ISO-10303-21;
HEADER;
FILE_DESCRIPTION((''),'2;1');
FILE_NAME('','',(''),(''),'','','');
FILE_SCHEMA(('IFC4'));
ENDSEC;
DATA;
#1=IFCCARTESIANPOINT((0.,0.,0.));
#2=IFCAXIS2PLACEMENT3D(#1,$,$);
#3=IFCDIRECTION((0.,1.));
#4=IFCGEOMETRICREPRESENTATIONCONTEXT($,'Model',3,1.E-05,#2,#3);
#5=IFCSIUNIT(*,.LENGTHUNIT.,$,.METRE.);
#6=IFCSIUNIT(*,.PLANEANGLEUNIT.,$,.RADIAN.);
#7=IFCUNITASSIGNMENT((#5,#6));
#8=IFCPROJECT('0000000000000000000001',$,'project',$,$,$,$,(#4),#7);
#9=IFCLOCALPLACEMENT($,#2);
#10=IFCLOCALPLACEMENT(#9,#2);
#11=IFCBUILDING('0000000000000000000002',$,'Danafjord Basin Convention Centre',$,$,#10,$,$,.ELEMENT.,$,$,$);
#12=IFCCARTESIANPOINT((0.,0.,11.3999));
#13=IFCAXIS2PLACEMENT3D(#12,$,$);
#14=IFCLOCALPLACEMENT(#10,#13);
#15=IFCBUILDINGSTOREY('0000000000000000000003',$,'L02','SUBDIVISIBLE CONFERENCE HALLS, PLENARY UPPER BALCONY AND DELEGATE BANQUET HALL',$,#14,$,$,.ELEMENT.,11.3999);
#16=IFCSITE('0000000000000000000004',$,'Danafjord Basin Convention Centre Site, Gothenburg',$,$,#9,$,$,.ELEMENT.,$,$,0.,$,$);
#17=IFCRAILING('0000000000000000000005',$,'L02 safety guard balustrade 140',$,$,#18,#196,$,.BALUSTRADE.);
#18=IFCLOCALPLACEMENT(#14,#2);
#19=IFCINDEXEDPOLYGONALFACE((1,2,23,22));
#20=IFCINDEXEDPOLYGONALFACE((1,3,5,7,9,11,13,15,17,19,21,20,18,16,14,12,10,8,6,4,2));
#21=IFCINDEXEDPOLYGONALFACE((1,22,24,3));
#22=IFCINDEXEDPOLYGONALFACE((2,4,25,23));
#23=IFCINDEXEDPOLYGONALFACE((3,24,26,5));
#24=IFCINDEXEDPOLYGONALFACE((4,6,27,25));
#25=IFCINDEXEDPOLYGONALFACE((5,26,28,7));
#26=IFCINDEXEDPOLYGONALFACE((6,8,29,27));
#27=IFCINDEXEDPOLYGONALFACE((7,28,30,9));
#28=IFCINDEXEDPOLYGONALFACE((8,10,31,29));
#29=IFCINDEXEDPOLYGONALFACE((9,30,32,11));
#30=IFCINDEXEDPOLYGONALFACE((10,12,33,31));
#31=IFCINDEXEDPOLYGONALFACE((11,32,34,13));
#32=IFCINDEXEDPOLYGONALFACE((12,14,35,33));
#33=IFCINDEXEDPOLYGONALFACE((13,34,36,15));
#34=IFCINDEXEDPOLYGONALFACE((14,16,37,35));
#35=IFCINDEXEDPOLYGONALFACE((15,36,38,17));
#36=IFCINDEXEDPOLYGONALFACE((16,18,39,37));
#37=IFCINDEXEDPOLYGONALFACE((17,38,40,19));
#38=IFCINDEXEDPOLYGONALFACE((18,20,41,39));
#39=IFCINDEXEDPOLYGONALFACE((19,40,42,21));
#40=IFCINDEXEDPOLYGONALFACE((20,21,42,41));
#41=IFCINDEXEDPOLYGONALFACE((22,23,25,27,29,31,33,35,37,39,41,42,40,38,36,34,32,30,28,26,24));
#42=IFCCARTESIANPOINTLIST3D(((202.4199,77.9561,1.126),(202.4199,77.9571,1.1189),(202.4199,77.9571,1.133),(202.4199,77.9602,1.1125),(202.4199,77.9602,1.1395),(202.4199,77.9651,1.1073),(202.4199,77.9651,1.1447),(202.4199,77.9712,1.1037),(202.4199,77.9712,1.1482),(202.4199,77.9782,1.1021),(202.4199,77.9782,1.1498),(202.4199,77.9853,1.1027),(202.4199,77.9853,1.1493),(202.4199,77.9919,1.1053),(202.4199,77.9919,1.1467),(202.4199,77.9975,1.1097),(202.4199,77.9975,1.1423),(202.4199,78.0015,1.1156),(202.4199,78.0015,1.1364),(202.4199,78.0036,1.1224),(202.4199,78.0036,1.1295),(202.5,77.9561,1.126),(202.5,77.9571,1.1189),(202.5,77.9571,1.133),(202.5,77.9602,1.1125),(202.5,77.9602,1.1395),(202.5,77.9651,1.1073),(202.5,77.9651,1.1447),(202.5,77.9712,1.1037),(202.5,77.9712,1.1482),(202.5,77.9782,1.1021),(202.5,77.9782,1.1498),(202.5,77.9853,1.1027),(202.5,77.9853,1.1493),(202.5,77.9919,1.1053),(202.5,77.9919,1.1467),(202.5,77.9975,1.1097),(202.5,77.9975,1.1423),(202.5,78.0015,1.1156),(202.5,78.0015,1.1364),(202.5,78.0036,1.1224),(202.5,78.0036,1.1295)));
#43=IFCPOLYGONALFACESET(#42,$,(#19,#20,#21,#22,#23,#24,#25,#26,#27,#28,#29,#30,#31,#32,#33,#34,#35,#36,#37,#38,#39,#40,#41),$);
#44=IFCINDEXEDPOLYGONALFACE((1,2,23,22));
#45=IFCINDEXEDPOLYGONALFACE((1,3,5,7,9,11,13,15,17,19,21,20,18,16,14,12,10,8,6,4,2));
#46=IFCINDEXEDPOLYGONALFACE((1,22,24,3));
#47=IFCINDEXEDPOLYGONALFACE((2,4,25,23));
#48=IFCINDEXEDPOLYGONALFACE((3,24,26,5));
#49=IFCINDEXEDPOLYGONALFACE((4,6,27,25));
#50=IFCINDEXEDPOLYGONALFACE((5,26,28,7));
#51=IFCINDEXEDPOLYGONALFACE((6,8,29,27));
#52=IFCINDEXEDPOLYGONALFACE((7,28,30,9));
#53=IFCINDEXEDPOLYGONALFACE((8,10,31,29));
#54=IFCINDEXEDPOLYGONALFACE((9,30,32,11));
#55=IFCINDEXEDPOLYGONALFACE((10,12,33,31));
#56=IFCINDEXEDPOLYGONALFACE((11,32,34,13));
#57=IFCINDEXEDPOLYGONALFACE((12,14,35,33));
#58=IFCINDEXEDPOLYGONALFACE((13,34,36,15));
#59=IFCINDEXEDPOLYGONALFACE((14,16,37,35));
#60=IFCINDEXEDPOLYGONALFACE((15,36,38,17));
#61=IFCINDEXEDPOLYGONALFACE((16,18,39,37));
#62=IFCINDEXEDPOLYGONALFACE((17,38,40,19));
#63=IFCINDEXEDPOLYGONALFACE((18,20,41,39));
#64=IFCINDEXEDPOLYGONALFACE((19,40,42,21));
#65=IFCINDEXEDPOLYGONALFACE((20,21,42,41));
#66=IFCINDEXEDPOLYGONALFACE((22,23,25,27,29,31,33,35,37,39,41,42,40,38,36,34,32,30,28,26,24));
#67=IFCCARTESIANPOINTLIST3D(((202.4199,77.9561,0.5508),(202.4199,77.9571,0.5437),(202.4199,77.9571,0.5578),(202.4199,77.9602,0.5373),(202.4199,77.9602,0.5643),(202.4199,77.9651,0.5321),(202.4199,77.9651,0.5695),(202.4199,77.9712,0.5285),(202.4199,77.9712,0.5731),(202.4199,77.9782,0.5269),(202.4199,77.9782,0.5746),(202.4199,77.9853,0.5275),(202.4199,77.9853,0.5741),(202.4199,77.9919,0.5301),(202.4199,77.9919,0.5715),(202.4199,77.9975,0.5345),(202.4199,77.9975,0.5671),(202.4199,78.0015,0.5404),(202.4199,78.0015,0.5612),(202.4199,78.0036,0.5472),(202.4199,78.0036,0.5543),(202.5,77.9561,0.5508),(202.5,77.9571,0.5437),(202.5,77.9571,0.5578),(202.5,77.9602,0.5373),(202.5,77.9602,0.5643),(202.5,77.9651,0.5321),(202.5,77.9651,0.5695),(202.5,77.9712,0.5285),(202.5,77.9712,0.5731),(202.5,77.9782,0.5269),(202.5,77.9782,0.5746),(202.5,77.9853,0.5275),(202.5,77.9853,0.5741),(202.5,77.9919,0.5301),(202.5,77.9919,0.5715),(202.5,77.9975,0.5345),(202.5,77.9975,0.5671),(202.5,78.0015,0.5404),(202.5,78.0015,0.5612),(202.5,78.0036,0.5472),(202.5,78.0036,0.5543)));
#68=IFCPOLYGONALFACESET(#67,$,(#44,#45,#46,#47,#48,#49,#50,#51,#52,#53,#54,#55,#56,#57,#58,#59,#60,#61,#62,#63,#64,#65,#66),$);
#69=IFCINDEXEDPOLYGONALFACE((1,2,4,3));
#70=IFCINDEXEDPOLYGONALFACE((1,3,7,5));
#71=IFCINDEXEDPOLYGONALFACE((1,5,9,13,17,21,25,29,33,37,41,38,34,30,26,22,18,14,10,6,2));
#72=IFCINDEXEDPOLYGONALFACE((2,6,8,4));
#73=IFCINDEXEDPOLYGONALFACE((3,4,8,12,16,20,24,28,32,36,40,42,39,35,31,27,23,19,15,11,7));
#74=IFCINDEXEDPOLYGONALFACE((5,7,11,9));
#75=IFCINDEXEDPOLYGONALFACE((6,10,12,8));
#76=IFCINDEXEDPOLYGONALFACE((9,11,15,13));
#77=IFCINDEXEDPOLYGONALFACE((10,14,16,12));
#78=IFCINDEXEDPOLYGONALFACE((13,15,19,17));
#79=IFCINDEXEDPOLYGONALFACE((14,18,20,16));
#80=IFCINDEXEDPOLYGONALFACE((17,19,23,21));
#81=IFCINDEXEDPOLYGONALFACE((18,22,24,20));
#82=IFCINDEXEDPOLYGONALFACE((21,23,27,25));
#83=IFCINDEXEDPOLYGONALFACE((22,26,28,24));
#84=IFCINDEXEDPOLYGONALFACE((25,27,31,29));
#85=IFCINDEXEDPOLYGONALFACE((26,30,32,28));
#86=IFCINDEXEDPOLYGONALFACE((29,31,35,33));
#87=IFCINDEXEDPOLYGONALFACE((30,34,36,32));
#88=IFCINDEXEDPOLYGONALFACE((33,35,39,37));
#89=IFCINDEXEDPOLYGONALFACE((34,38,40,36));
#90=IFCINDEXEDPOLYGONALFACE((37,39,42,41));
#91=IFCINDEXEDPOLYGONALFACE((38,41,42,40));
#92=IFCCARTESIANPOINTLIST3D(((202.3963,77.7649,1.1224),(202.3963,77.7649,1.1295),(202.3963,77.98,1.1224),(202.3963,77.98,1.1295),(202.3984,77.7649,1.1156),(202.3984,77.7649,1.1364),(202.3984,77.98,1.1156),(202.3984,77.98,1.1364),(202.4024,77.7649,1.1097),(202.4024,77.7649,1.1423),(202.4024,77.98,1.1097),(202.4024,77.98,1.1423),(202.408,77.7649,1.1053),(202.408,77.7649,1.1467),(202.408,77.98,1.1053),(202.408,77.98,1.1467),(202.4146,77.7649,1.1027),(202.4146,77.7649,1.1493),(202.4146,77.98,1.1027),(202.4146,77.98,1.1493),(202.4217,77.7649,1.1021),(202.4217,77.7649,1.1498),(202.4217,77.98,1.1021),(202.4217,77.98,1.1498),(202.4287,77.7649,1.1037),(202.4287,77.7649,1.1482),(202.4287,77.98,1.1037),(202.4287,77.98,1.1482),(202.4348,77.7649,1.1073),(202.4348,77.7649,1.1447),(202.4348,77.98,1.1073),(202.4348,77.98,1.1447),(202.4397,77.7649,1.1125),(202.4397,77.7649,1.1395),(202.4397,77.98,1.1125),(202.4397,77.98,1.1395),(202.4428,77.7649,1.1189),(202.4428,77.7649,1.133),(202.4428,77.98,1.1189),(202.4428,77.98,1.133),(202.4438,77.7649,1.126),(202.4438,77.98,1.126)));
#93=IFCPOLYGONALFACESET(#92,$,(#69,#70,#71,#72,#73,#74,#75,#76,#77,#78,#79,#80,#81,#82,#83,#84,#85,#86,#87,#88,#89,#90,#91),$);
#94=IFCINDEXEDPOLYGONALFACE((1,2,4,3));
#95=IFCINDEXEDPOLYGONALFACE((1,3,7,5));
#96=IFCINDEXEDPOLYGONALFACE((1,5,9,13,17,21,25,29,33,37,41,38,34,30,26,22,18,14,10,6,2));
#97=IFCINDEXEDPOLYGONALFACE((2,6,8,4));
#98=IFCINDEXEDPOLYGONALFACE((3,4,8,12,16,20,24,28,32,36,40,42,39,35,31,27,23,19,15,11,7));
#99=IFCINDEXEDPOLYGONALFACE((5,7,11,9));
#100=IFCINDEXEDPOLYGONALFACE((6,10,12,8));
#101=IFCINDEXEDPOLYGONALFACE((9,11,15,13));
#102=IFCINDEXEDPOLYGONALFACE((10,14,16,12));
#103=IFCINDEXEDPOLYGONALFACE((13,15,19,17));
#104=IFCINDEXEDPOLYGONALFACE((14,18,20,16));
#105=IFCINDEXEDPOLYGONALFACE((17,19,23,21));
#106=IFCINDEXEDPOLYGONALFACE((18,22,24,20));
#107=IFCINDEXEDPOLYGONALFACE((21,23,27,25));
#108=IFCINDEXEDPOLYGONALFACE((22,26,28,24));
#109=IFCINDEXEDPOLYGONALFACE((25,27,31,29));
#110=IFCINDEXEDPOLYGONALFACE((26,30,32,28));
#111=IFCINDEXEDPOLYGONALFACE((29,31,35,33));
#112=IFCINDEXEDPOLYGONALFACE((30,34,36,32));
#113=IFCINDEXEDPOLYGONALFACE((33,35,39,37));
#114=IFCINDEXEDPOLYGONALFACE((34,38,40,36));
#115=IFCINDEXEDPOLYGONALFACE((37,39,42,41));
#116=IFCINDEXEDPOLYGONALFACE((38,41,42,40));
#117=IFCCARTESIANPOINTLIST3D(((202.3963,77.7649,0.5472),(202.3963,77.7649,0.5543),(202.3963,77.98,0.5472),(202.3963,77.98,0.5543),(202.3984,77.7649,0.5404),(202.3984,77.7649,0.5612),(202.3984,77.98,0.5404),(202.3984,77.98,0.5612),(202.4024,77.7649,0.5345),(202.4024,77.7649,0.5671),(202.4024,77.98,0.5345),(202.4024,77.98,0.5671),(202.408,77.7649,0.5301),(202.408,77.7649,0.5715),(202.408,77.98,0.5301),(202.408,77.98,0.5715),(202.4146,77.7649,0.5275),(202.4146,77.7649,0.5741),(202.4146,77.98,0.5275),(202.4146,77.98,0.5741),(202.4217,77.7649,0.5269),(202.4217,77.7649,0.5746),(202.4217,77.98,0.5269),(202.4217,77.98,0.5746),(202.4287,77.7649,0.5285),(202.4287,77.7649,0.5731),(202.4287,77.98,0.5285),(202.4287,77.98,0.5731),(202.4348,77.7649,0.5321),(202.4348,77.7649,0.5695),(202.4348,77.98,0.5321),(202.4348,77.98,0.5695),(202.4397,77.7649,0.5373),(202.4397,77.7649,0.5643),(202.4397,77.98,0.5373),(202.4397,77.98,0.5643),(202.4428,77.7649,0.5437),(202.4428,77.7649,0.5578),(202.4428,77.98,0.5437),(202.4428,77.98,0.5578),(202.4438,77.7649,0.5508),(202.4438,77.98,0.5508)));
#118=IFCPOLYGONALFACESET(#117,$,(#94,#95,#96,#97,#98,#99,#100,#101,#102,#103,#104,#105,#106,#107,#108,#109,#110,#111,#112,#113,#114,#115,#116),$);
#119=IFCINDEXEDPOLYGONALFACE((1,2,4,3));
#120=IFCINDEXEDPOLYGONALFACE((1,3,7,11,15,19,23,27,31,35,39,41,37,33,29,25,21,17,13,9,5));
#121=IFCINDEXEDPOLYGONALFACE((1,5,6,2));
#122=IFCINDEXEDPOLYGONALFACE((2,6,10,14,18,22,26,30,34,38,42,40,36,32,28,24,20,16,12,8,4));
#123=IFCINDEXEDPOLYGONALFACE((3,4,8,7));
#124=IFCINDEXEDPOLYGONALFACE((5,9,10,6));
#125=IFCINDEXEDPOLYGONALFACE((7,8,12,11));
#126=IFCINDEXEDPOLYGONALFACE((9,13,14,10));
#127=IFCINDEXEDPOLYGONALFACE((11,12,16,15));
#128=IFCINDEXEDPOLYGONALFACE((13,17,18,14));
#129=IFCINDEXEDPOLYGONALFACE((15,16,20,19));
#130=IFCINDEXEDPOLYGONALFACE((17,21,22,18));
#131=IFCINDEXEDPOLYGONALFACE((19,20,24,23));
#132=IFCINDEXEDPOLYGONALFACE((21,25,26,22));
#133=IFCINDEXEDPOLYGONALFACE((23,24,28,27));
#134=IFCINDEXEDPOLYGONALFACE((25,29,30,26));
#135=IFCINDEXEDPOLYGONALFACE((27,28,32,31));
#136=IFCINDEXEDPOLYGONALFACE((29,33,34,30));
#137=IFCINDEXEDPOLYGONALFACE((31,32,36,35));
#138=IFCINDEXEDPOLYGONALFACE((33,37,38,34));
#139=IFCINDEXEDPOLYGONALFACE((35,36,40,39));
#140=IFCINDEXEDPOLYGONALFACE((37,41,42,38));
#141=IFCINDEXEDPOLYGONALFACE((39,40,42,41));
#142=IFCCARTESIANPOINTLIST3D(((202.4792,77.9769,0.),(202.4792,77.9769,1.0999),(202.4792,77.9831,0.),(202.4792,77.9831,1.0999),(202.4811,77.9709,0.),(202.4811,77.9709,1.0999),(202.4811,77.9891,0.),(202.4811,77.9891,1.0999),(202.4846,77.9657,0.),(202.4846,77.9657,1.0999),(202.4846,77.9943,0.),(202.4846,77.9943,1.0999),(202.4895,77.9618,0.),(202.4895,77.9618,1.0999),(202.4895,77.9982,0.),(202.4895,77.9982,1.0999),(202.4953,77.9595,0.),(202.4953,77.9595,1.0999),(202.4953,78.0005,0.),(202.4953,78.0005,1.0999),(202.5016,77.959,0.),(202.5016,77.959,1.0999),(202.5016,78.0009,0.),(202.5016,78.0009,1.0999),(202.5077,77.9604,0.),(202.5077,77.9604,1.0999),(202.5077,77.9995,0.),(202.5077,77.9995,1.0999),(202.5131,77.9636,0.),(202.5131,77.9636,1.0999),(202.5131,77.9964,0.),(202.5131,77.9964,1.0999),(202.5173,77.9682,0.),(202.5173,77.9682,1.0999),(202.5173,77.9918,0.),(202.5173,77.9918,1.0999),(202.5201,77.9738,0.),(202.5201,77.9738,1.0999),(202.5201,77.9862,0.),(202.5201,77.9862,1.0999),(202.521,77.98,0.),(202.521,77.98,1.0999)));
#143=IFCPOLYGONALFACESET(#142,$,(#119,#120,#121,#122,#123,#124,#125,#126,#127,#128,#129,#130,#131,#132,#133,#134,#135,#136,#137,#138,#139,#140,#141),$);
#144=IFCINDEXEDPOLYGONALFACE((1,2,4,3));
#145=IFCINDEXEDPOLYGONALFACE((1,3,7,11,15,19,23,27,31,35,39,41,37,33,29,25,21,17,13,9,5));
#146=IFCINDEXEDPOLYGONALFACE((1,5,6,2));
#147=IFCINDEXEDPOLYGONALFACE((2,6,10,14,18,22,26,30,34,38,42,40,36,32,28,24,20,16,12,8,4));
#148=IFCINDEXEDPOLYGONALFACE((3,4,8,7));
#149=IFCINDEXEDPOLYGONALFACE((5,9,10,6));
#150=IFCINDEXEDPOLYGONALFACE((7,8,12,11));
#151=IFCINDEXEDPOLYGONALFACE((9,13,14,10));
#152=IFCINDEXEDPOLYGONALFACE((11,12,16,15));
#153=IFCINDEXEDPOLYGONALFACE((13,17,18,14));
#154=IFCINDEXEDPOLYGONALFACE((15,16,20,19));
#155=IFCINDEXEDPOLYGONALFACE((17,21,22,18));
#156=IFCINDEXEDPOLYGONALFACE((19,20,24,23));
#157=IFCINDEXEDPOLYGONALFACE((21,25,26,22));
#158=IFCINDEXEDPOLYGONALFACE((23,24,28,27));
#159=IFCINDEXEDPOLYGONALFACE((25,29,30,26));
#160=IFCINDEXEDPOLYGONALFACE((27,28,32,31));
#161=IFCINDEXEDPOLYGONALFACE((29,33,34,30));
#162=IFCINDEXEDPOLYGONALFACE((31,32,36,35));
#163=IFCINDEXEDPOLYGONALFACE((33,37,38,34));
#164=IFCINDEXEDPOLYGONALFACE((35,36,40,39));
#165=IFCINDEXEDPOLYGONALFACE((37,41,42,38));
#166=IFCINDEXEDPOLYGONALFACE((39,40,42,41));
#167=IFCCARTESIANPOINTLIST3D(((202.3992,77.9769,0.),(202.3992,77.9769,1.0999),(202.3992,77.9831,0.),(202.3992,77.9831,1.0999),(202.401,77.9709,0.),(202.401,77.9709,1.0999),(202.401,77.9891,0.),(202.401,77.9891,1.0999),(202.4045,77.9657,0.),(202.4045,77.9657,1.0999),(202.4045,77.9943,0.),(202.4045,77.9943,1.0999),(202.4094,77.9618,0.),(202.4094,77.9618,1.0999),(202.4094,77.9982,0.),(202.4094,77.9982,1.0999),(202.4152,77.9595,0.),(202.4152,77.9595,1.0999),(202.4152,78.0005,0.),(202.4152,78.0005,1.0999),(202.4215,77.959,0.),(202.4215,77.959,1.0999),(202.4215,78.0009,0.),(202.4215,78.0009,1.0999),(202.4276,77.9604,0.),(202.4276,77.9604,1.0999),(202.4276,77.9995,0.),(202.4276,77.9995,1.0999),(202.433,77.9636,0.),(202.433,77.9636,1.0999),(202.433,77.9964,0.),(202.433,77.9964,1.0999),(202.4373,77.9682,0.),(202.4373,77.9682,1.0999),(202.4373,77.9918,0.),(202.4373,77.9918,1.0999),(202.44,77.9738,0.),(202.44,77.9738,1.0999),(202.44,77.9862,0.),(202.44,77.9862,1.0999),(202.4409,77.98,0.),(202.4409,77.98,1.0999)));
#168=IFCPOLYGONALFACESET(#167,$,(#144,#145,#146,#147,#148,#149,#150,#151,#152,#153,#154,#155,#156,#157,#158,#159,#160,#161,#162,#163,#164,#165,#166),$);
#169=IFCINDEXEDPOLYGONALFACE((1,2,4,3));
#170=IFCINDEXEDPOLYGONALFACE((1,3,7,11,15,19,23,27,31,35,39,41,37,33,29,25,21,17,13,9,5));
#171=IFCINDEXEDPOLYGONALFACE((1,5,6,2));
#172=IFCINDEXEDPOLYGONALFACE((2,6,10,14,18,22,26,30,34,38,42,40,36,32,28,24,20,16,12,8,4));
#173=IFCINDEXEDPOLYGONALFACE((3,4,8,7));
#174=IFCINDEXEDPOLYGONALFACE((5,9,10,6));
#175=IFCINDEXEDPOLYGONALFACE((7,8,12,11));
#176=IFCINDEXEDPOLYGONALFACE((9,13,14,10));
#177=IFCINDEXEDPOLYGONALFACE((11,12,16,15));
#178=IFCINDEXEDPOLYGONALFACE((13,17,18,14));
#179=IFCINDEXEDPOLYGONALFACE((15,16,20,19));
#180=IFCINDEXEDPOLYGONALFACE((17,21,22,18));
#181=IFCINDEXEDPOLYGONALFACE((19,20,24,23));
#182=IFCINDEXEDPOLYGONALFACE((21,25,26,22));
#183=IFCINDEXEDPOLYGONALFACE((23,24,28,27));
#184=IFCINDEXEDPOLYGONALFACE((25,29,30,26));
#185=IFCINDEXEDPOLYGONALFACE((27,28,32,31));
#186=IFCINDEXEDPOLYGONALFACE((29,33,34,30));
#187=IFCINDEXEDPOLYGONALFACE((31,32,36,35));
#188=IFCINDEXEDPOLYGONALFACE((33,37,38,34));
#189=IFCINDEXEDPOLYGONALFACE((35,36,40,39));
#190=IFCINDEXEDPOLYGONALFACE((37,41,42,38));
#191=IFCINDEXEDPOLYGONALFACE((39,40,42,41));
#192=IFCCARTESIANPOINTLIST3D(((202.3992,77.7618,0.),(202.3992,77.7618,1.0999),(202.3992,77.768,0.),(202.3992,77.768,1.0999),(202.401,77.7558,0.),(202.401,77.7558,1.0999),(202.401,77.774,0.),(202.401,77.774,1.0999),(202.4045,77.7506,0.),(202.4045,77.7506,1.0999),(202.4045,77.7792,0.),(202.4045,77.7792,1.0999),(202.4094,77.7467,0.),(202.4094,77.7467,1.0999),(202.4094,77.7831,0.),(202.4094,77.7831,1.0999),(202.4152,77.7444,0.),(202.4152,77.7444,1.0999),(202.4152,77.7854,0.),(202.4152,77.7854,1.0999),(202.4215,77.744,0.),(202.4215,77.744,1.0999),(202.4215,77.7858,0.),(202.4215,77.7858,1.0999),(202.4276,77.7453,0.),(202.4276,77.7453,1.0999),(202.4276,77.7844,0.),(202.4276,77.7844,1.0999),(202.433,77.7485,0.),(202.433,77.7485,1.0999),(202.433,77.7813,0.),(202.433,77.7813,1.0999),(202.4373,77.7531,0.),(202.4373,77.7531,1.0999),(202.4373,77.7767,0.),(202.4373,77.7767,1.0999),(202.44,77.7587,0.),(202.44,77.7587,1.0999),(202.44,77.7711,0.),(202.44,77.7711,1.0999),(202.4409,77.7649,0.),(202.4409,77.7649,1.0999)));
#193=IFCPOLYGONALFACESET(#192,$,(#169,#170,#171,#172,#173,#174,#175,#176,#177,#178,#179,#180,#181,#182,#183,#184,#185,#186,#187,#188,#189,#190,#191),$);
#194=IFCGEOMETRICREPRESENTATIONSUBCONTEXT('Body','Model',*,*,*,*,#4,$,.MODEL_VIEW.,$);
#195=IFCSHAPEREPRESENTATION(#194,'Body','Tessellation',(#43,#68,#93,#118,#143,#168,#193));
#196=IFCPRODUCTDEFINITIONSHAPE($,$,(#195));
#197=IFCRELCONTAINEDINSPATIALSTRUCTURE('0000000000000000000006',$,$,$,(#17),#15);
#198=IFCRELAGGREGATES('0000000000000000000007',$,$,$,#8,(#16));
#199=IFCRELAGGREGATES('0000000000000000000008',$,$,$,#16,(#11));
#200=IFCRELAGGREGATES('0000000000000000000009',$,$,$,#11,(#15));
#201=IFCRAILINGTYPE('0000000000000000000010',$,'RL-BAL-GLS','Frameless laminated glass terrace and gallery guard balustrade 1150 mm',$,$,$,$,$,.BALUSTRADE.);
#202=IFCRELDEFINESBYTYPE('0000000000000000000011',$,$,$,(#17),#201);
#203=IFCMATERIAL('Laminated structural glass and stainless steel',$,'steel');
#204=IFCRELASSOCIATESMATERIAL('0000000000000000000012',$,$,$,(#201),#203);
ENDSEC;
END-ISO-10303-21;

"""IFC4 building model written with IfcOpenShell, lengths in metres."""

from ifc_helpers import new_model, si_unit, direction, frame, origin, origin_2d, place, context, subcontext, project, spatial, circle, extrude, material, type_object, element, save


model = new_model("IFC4")

# Units and contexts
model_context = context("Model", 3, precision=1e-05, world=origin(), true_north=direction((0.0, 1.0)))
body_context = subcontext(model_context, "Body", "Model", "MODEL_VIEW")
ifc_project = project(units=[si_unit("LENGTHUNIT", "METRE"), si_unit("PLANEANGLEUNIT", "RADIAN")], contexts=[model_context])

# Site, building, storey
site_placement = place(None, origin())
site = spatial("IfcSite", under=ifc_project, at=site_placement, Name="Danafjord Basin Convention Centre Site, Gothenburg", CompositionType="ELEMENT", RefElevation=0.0)
building_placement = place(site_placement, origin())
building = spatial("IfcBuilding", under=site, at=building_placement, Name="Danafjord Basin Convention Centre", CompositionType="ELEMENT")
storey_placement = place(building_placement, frame((0.0, 0.0, 11.3999)))
storey = spatial("IfcBuildingStorey", under=building, at=storey_placement, Name="L02", Description="SUBDIVISIBLE CONFERENCE HALLS, PLENARY UPPER BALCONY AND DELEGATE BANQUET HALL", CompositionType="ELEMENT", Elevation=11.3999)

# Railing
ifc_material_1 = material(Name="Laminated structural glass and stainless steel", Category="steel")
railing_type_1 = type_object("IfcRailingType", Name="RL-BAL-GLS", Description="Frameless laminated glass terrace and gallery guard balustrade 1150 mm", PredefinedType="BALUSTRADE", material=ifc_material_1)
railing_1_placement = place(storey_placement, frame((202.5, 77.98, 0.0)))
element("IfcRailing", 1, at=railing_1_placement, inside=storey, type_object=railing_type_1, Name="L02 safety guard balustrade 140", PredefinedType="BALUSTRADE", context=body_context, shape_type="SweptSolid", body=[
    extrude(circle(Radius=0.0239, at=origin_2d()), frame((0.0, 0.0, 1.126), z_axis=(-1.0, 0.0, 0.0), x_axis=(0.0, -1.0, 0.0)), (0.0, 0.0, 1.0), 0.0801),
    extrude(circle(Radius=0.0239, at=origin_2d()), frame((0.0, 0.0, 0.5508), z_axis=(-1.0, 0.0, 0.0), x_axis=(0.0, -1.0, 0.0)), (0.0, 0.0, 1.0), 0.0801),
    extrude(circle(Radius=0.0239, at=origin_2d()), frame((-0.0801, 0.0, 1.126), z_axis=(0.0, -1.0, 0.0), x_axis=(1.0, 0.0, 0.0)), (0.0, 0.0, 1.0), 0.2151),
    extrude(circle(Radius=0.0239, at=origin_2d()), frame((-0.0801, 0.0, 0.5508), z_axis=(0.0, -1.0, 0.0), x_axis=(1.0, 0.0, 0.0)), (0.0, 0.0, 1.0), 0.2151),
    extrude(circle(Radius=0.021, at=origin_2d()), origin(), (0.0, 0.0, 1.0), 1.0999),
    extrude(circle(Radius=0.021, at=origin_2d()), frame((-0.0801, 0.0, 0.0)), (0.0, 0.0, 1.0), 1.0999),
    extrude(circle(Radius=0.021, at=origin_2d()), frame((-0.0801, -0.2151, 0.0)), (0.0, 0.0, 1.0), 1.0999),
])

save(model, "model.ifc")
